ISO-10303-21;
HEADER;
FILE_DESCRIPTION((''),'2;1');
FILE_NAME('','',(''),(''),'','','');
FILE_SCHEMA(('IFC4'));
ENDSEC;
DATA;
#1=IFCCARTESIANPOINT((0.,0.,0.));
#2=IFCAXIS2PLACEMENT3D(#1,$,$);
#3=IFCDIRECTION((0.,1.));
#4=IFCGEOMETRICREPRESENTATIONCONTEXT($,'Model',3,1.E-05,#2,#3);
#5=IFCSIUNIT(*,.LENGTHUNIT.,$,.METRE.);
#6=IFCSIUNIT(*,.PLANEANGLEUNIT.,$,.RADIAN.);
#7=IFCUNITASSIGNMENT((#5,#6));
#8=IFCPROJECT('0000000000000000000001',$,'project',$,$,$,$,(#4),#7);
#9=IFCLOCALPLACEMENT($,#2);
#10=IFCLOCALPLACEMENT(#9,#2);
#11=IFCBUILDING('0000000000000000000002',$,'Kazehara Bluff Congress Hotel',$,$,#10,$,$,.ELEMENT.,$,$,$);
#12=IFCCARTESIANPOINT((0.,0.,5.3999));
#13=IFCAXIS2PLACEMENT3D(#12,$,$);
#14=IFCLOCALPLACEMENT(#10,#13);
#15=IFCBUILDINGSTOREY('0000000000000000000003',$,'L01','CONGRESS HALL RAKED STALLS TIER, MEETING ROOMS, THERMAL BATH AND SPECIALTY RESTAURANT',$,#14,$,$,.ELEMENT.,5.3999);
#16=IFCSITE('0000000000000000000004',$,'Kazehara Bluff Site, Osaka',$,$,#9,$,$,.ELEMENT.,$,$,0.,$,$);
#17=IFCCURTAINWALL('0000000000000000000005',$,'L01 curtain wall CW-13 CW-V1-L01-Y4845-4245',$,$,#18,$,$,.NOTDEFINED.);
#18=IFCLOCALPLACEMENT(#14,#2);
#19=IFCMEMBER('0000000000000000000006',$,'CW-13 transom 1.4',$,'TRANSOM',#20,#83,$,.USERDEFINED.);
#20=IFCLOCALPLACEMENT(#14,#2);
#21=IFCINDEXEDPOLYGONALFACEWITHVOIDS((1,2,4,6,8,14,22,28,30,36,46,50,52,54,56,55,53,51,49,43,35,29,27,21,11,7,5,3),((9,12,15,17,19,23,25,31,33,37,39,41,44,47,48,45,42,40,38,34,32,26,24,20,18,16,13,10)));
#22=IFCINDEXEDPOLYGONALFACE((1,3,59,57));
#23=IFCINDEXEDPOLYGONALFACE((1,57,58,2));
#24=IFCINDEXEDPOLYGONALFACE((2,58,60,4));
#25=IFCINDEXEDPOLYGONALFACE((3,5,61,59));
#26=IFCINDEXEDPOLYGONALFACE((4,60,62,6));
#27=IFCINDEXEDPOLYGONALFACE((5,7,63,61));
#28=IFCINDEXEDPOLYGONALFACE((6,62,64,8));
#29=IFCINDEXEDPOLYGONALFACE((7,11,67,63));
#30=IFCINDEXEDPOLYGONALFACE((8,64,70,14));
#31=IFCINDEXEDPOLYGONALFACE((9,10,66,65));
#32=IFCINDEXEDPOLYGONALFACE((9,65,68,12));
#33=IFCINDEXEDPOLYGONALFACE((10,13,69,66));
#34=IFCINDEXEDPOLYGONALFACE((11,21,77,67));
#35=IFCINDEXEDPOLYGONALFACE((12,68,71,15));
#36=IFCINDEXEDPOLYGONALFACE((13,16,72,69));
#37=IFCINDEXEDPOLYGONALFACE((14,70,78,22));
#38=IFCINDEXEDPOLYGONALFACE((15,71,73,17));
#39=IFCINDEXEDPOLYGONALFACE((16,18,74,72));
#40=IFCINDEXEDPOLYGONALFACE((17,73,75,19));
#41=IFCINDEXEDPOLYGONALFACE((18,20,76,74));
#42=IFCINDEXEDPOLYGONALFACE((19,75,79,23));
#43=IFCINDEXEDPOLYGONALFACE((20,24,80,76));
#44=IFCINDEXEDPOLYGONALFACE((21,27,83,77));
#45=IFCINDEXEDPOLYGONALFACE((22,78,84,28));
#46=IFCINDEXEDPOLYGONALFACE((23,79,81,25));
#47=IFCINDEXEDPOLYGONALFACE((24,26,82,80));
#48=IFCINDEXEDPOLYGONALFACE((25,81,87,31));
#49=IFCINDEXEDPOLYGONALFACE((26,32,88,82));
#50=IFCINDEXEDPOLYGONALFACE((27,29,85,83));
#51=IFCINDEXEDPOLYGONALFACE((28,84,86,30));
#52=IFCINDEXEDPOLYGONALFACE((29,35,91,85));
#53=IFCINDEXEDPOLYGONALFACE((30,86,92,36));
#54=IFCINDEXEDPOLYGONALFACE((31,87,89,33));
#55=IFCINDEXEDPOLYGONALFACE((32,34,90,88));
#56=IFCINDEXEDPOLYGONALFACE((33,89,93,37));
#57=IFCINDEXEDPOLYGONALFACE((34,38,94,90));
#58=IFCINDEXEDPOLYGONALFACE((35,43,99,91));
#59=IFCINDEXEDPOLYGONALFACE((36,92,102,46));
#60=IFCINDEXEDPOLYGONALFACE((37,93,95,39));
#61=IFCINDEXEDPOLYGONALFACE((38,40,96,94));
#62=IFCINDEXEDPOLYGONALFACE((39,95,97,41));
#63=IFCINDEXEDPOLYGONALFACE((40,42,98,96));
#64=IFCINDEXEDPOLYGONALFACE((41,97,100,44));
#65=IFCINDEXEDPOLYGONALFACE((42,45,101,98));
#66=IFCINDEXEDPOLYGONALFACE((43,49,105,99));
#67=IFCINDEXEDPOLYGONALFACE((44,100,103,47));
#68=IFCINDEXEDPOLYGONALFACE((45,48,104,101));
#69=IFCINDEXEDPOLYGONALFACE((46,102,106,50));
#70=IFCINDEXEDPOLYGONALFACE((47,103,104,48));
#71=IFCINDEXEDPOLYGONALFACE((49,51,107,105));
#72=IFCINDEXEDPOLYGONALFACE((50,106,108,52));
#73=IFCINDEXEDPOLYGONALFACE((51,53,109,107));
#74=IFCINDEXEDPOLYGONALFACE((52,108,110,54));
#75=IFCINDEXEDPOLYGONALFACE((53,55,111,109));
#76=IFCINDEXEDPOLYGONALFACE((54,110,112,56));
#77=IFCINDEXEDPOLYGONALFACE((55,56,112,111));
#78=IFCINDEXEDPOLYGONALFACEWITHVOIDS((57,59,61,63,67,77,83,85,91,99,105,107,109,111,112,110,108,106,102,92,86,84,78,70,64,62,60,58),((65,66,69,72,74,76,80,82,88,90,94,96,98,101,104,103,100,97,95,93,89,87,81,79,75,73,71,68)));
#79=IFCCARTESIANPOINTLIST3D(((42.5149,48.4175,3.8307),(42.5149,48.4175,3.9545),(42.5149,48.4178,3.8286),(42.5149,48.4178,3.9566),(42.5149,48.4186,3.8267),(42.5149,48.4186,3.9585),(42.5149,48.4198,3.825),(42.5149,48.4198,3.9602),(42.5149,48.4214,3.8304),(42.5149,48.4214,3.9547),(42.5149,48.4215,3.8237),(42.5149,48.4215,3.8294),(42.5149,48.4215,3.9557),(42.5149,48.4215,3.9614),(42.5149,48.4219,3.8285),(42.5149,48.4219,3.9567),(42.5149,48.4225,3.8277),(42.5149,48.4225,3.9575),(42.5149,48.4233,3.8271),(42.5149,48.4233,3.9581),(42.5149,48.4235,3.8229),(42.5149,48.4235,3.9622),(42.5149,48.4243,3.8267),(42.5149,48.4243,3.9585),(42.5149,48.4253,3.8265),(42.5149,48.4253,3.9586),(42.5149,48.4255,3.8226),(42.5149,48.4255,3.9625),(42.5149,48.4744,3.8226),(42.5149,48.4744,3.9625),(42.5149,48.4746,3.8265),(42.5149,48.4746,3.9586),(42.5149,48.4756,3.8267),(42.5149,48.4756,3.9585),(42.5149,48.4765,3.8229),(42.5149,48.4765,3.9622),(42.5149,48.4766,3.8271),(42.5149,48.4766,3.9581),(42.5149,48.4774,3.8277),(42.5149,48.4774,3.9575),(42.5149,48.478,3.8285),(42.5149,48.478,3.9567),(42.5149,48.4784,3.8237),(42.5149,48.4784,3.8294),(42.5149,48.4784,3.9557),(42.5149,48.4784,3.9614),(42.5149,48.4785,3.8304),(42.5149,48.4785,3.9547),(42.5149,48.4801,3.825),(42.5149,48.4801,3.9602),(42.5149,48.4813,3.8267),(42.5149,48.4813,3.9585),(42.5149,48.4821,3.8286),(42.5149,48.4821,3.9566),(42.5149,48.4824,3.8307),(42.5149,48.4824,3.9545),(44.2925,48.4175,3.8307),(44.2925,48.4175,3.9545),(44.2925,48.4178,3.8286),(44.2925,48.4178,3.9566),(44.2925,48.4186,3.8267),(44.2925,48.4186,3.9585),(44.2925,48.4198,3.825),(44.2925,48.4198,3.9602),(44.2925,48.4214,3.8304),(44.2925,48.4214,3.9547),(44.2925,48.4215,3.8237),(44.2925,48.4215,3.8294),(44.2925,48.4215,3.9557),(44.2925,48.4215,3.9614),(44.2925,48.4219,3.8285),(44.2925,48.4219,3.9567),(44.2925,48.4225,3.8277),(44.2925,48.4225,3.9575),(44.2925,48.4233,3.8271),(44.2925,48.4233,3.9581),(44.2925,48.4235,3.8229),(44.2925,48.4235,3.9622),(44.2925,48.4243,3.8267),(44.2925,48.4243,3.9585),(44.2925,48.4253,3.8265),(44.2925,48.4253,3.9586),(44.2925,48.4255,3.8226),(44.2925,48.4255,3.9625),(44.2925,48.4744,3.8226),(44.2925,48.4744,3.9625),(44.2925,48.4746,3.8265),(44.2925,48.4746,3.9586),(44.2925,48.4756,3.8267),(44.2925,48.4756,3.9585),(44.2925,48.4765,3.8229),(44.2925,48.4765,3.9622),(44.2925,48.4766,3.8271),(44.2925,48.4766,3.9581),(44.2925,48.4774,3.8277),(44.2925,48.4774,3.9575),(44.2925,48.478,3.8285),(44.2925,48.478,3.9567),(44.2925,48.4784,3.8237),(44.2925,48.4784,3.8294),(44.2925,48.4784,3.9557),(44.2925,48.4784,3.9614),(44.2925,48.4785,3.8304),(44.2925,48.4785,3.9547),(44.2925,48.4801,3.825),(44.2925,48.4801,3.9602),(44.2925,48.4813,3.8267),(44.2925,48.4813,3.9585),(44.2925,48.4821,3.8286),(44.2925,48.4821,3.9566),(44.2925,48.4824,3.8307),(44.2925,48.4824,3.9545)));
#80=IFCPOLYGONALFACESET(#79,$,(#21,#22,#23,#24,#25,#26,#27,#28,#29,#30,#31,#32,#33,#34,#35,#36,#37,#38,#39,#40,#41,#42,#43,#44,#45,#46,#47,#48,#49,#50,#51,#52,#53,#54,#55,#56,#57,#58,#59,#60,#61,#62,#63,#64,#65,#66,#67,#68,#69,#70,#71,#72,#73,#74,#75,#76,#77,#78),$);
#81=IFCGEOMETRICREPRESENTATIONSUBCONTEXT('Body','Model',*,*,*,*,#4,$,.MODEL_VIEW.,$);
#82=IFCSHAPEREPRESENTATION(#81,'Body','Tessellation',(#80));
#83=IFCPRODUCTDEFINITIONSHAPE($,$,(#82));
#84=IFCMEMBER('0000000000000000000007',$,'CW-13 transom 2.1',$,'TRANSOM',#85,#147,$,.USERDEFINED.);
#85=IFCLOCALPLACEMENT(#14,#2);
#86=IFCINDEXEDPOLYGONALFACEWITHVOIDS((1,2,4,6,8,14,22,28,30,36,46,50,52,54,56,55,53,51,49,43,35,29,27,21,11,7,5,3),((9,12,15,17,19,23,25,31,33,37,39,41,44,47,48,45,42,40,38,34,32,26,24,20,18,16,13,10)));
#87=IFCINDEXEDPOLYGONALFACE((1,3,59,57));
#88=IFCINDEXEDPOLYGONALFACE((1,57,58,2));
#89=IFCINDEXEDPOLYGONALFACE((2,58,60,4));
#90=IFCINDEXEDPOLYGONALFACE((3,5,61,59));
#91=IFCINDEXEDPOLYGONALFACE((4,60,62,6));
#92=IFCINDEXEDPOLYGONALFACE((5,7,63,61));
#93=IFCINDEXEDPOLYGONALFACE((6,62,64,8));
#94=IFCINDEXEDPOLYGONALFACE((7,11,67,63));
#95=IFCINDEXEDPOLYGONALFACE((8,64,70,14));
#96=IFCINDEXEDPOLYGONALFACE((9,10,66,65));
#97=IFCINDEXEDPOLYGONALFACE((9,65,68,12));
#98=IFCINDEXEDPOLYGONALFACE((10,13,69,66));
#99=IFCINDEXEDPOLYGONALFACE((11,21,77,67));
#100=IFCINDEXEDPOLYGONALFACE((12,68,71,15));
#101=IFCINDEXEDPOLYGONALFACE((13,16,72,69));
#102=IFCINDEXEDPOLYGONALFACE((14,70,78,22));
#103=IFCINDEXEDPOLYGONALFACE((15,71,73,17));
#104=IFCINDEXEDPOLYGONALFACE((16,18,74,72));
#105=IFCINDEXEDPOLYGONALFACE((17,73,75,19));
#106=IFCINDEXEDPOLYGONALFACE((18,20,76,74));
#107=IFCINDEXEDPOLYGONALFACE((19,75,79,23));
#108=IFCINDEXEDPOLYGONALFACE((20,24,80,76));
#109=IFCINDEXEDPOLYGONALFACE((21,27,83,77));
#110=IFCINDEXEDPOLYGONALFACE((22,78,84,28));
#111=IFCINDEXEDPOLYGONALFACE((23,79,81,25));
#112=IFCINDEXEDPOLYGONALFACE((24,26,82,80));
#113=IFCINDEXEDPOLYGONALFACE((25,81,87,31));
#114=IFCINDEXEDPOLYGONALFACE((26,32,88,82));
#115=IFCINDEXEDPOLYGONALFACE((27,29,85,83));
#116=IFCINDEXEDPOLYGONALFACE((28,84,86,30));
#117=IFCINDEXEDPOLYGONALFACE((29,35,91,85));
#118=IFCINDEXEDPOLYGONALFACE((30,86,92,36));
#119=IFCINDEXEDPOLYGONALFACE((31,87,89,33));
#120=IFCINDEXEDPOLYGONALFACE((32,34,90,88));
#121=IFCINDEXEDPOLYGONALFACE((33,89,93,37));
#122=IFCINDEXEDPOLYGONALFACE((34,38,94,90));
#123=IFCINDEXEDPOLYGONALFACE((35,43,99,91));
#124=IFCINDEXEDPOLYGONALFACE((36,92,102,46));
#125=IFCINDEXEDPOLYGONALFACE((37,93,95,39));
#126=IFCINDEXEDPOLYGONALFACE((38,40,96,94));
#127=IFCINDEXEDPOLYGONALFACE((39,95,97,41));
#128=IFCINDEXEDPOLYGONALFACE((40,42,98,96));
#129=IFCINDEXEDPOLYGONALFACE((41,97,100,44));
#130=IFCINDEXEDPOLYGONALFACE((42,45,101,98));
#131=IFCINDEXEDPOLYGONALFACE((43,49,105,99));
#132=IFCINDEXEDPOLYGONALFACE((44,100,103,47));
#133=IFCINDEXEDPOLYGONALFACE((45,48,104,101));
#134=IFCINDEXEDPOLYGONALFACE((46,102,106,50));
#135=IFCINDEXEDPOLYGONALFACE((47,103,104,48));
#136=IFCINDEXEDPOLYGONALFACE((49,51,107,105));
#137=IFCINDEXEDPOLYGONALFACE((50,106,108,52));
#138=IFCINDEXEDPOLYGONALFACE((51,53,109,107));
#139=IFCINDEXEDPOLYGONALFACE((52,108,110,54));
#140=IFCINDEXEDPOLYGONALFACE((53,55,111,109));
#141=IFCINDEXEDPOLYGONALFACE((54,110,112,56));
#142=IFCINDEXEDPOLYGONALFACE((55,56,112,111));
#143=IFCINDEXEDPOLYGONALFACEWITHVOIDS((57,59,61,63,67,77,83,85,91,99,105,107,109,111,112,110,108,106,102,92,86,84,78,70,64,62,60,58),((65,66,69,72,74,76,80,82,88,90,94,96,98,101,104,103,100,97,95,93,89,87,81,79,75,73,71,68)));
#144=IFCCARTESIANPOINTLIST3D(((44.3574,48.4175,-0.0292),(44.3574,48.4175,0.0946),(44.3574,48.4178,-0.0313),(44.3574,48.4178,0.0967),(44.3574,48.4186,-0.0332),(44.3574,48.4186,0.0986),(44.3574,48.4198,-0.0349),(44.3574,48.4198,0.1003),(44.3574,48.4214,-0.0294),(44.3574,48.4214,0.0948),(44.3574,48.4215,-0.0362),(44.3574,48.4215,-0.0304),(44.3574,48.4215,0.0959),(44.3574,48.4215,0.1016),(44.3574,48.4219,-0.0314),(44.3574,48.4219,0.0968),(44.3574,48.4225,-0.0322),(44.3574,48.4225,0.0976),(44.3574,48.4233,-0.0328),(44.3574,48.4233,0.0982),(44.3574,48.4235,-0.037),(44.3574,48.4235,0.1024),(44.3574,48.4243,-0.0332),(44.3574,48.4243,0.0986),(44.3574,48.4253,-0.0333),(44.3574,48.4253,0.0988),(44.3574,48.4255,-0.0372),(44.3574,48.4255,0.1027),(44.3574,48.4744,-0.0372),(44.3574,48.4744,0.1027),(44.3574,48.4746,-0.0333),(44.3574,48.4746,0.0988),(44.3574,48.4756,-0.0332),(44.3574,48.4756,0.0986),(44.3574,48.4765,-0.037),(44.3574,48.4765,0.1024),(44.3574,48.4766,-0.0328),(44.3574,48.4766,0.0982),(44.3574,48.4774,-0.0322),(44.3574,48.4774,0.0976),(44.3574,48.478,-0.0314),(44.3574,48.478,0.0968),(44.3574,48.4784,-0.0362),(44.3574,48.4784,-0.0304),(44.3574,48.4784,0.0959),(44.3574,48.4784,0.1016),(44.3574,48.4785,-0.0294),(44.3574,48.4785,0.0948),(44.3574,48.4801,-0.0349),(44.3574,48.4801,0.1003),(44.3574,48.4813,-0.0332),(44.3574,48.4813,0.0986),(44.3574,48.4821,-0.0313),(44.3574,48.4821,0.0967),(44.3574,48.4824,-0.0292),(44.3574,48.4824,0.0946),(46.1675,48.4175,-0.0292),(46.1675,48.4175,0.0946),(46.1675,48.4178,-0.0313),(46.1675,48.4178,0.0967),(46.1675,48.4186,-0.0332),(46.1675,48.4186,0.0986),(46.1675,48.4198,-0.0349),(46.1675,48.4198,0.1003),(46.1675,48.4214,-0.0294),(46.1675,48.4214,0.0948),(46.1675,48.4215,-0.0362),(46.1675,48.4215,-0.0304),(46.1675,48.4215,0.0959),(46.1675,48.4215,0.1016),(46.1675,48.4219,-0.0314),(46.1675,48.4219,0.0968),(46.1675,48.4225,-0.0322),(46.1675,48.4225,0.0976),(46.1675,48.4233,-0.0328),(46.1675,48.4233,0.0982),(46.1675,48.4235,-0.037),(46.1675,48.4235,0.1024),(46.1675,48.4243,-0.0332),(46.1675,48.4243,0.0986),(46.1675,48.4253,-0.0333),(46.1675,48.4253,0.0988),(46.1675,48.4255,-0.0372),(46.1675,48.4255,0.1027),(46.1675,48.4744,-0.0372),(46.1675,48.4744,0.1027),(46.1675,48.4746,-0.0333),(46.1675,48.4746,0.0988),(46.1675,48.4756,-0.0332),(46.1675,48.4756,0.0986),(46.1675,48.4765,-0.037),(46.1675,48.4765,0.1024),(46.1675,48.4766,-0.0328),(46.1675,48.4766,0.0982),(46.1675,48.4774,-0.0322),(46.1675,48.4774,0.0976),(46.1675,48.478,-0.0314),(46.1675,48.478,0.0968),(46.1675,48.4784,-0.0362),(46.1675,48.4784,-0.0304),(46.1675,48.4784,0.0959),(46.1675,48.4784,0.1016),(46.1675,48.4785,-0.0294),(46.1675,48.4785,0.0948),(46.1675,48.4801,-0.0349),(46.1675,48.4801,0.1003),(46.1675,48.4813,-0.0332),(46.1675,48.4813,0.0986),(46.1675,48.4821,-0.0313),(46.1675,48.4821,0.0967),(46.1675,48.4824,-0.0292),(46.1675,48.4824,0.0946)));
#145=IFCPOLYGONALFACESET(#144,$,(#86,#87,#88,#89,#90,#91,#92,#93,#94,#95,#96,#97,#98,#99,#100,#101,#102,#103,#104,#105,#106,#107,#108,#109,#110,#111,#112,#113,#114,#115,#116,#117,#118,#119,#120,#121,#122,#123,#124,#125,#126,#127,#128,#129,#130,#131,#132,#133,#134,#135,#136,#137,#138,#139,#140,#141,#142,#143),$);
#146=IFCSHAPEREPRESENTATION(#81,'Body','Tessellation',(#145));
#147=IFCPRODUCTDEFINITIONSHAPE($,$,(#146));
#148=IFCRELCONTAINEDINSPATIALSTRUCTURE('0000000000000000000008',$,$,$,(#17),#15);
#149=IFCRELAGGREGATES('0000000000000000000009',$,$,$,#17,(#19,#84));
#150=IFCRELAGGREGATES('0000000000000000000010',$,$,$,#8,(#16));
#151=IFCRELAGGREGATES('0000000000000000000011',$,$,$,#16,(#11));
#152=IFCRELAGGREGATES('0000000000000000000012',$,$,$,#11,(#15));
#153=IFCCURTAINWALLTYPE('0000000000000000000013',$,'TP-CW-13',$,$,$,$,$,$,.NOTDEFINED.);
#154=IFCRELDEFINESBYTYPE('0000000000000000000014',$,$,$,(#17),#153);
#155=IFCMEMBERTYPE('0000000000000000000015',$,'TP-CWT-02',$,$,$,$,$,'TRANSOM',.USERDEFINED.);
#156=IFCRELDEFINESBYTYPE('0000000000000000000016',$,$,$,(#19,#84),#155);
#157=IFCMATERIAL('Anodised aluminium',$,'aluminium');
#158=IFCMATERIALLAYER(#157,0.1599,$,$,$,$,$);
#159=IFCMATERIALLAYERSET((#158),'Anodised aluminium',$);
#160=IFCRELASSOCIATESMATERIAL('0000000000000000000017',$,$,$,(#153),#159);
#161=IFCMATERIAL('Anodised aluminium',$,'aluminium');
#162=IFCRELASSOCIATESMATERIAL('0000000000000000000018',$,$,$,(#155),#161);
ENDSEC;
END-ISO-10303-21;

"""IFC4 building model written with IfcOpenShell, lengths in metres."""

from ifc_helpers import new_model, si_unit, direction, frame, origin, origin_2d, place, context, subcontext, project, spatial, hollow_rectangle, extrude, material, layer, layer_set, material_profile, profile_set, type_object, element, aggregate, save


model = new_model("IFC4")

# Units and contexts
model_context = context("Model", 3, precision=1e-05, world=origin(), true_north=direction((0.0, 1.0)))
body_context = subcontext(model_context, "Body", "Model", "MODEL_VIEW")
ifc_project = project(units=[si_unit("LENGTHUNIT", "METRE"), si_unit("PLANEANGLEUNIT", "RADIAN")], contexts=[model_context])

# Site, building, storey
site_placement = place(None, origin())
site = spatial("IfcSite", under=ifc_project, at=site_placement, Name="Kazehara Bluff Site, Osaka", CompositionType="ELEMENT", RefElevation=0.0)
building_placement = place(site_placement, origin())
building = spatial("IfcBuilding", under=site, at=building_placement, Name="Kazehara Bluff Congress Hotel", CompositionType="ELEMENT")
storey_placement = place(building_placement, frame((0.0, 0.0, 5.3999)))
storey = spatial("IfcBuildingStorey", under=building, at=storey_placement, Name="L01", Description="CONGRESS HALL RAKED STALLS TIER, MEETING ROOMS, THERMAL BATH AND SPECIALTY RESTAURANT", CompositionType="ELEMENT", Elevation=5.3999)

# Curtain wall, members
ifc_material_1 = material(Name="Anodised aluminium", Category="aluminium")
ifc_layer_1 = layer(ifc_material_1, 0.1599)
ifc_layer_set_1 = layer_set([ifc_layer_1], Name="Anodised aluminium")
curtain_wall_type = type_object("IfcCurtainWallType", Name="TP-CW-13", PredefinedType="NOTDEFINED", material=ifc_layer_set_1)
curtain_wall_placement = place(storey_placement, origin())
curtain_wall = element("IfcCurtainWall", 1, at=curtain_wall_placement, inside=storey, type_object=curtain_wall_type, Name="L01 curtain wall CW-13 CW-V1-L01-Y4845-4245", PredefinedType="NOTDEFINED")
ifc_material_2 = material(Name="Anodised aluminium", Category="aluminium")
ifc_material_profile_1 = material_profile(ifc_material_2, hollow_rectangle(XDim=0.0649, YDim=0.1399, WallThickness=0.0039, InnerFilletRadius=0.0039, OuterFilletRadius=0.0081, at=origin_2d()))
ifc_profile_set_1 = profile_set([ifc_material_profile_1], Name="Anodised aluminium")
member_type_1 = type_object("IfcMemberType", Name="TP-CWT-02", ElementType="TRANSOM", PredefinedType="USERDEFINED", material=ifc_profile_set_1)
member_1_placement = place(storey_placement, frame((42.5149, 48.45, 3.8926), z_axis=(1.0, 0.0, 0.0), x_axis=(0.0, 1.0, 0.0)))
member_1 = element("IfcMember", 2, at=member_1_placement, type_object=member_type_1, Name="CW-13 transom 1.4", ObjectType="TRANSOM", PredefinedType="USERDEFINED", context=body_context, shape_type="SweptSolid", body=[
    extrude(hollow_rectangle(XDim=0.0649, YDim=0.1399, WallThickness=0.0039, InnerFilletRadius=0.0039, OuterFilletRadius=0.0081, at=origin_2d()), origin(), (0.0, 0.0, 1.0), 1.7776),
])
member_2_placement = place(storey_placement, frame((44.3574, 48.45, 0.0327), z_axis=(1.0, 0.0, 0.0), x_axis=(0.0, 1.0, 0.0)))
member_2 = element("IfcMember", 3, at=member_2_placement, type_object=member_type_1, Name="CW-13 transom 2.1", ObjectType="TRANSOM", PredefinedType="USERDEFINED", context=body_context, shape_type="SweptSolid", body=[
    extrude(hollow_rectangle(XDim=0.0649, YDim=0.1399, WallThickness=0.0039, InnerFilletRadius=0.0039, OuterFilletRadius=0.0081, at=origin_2d()), origin(), (0.0, 0.0, 1.0), 1.8101),
])
aggregate(curtain_wall, [member_1, member_2])

save(model, "model.ifc")
